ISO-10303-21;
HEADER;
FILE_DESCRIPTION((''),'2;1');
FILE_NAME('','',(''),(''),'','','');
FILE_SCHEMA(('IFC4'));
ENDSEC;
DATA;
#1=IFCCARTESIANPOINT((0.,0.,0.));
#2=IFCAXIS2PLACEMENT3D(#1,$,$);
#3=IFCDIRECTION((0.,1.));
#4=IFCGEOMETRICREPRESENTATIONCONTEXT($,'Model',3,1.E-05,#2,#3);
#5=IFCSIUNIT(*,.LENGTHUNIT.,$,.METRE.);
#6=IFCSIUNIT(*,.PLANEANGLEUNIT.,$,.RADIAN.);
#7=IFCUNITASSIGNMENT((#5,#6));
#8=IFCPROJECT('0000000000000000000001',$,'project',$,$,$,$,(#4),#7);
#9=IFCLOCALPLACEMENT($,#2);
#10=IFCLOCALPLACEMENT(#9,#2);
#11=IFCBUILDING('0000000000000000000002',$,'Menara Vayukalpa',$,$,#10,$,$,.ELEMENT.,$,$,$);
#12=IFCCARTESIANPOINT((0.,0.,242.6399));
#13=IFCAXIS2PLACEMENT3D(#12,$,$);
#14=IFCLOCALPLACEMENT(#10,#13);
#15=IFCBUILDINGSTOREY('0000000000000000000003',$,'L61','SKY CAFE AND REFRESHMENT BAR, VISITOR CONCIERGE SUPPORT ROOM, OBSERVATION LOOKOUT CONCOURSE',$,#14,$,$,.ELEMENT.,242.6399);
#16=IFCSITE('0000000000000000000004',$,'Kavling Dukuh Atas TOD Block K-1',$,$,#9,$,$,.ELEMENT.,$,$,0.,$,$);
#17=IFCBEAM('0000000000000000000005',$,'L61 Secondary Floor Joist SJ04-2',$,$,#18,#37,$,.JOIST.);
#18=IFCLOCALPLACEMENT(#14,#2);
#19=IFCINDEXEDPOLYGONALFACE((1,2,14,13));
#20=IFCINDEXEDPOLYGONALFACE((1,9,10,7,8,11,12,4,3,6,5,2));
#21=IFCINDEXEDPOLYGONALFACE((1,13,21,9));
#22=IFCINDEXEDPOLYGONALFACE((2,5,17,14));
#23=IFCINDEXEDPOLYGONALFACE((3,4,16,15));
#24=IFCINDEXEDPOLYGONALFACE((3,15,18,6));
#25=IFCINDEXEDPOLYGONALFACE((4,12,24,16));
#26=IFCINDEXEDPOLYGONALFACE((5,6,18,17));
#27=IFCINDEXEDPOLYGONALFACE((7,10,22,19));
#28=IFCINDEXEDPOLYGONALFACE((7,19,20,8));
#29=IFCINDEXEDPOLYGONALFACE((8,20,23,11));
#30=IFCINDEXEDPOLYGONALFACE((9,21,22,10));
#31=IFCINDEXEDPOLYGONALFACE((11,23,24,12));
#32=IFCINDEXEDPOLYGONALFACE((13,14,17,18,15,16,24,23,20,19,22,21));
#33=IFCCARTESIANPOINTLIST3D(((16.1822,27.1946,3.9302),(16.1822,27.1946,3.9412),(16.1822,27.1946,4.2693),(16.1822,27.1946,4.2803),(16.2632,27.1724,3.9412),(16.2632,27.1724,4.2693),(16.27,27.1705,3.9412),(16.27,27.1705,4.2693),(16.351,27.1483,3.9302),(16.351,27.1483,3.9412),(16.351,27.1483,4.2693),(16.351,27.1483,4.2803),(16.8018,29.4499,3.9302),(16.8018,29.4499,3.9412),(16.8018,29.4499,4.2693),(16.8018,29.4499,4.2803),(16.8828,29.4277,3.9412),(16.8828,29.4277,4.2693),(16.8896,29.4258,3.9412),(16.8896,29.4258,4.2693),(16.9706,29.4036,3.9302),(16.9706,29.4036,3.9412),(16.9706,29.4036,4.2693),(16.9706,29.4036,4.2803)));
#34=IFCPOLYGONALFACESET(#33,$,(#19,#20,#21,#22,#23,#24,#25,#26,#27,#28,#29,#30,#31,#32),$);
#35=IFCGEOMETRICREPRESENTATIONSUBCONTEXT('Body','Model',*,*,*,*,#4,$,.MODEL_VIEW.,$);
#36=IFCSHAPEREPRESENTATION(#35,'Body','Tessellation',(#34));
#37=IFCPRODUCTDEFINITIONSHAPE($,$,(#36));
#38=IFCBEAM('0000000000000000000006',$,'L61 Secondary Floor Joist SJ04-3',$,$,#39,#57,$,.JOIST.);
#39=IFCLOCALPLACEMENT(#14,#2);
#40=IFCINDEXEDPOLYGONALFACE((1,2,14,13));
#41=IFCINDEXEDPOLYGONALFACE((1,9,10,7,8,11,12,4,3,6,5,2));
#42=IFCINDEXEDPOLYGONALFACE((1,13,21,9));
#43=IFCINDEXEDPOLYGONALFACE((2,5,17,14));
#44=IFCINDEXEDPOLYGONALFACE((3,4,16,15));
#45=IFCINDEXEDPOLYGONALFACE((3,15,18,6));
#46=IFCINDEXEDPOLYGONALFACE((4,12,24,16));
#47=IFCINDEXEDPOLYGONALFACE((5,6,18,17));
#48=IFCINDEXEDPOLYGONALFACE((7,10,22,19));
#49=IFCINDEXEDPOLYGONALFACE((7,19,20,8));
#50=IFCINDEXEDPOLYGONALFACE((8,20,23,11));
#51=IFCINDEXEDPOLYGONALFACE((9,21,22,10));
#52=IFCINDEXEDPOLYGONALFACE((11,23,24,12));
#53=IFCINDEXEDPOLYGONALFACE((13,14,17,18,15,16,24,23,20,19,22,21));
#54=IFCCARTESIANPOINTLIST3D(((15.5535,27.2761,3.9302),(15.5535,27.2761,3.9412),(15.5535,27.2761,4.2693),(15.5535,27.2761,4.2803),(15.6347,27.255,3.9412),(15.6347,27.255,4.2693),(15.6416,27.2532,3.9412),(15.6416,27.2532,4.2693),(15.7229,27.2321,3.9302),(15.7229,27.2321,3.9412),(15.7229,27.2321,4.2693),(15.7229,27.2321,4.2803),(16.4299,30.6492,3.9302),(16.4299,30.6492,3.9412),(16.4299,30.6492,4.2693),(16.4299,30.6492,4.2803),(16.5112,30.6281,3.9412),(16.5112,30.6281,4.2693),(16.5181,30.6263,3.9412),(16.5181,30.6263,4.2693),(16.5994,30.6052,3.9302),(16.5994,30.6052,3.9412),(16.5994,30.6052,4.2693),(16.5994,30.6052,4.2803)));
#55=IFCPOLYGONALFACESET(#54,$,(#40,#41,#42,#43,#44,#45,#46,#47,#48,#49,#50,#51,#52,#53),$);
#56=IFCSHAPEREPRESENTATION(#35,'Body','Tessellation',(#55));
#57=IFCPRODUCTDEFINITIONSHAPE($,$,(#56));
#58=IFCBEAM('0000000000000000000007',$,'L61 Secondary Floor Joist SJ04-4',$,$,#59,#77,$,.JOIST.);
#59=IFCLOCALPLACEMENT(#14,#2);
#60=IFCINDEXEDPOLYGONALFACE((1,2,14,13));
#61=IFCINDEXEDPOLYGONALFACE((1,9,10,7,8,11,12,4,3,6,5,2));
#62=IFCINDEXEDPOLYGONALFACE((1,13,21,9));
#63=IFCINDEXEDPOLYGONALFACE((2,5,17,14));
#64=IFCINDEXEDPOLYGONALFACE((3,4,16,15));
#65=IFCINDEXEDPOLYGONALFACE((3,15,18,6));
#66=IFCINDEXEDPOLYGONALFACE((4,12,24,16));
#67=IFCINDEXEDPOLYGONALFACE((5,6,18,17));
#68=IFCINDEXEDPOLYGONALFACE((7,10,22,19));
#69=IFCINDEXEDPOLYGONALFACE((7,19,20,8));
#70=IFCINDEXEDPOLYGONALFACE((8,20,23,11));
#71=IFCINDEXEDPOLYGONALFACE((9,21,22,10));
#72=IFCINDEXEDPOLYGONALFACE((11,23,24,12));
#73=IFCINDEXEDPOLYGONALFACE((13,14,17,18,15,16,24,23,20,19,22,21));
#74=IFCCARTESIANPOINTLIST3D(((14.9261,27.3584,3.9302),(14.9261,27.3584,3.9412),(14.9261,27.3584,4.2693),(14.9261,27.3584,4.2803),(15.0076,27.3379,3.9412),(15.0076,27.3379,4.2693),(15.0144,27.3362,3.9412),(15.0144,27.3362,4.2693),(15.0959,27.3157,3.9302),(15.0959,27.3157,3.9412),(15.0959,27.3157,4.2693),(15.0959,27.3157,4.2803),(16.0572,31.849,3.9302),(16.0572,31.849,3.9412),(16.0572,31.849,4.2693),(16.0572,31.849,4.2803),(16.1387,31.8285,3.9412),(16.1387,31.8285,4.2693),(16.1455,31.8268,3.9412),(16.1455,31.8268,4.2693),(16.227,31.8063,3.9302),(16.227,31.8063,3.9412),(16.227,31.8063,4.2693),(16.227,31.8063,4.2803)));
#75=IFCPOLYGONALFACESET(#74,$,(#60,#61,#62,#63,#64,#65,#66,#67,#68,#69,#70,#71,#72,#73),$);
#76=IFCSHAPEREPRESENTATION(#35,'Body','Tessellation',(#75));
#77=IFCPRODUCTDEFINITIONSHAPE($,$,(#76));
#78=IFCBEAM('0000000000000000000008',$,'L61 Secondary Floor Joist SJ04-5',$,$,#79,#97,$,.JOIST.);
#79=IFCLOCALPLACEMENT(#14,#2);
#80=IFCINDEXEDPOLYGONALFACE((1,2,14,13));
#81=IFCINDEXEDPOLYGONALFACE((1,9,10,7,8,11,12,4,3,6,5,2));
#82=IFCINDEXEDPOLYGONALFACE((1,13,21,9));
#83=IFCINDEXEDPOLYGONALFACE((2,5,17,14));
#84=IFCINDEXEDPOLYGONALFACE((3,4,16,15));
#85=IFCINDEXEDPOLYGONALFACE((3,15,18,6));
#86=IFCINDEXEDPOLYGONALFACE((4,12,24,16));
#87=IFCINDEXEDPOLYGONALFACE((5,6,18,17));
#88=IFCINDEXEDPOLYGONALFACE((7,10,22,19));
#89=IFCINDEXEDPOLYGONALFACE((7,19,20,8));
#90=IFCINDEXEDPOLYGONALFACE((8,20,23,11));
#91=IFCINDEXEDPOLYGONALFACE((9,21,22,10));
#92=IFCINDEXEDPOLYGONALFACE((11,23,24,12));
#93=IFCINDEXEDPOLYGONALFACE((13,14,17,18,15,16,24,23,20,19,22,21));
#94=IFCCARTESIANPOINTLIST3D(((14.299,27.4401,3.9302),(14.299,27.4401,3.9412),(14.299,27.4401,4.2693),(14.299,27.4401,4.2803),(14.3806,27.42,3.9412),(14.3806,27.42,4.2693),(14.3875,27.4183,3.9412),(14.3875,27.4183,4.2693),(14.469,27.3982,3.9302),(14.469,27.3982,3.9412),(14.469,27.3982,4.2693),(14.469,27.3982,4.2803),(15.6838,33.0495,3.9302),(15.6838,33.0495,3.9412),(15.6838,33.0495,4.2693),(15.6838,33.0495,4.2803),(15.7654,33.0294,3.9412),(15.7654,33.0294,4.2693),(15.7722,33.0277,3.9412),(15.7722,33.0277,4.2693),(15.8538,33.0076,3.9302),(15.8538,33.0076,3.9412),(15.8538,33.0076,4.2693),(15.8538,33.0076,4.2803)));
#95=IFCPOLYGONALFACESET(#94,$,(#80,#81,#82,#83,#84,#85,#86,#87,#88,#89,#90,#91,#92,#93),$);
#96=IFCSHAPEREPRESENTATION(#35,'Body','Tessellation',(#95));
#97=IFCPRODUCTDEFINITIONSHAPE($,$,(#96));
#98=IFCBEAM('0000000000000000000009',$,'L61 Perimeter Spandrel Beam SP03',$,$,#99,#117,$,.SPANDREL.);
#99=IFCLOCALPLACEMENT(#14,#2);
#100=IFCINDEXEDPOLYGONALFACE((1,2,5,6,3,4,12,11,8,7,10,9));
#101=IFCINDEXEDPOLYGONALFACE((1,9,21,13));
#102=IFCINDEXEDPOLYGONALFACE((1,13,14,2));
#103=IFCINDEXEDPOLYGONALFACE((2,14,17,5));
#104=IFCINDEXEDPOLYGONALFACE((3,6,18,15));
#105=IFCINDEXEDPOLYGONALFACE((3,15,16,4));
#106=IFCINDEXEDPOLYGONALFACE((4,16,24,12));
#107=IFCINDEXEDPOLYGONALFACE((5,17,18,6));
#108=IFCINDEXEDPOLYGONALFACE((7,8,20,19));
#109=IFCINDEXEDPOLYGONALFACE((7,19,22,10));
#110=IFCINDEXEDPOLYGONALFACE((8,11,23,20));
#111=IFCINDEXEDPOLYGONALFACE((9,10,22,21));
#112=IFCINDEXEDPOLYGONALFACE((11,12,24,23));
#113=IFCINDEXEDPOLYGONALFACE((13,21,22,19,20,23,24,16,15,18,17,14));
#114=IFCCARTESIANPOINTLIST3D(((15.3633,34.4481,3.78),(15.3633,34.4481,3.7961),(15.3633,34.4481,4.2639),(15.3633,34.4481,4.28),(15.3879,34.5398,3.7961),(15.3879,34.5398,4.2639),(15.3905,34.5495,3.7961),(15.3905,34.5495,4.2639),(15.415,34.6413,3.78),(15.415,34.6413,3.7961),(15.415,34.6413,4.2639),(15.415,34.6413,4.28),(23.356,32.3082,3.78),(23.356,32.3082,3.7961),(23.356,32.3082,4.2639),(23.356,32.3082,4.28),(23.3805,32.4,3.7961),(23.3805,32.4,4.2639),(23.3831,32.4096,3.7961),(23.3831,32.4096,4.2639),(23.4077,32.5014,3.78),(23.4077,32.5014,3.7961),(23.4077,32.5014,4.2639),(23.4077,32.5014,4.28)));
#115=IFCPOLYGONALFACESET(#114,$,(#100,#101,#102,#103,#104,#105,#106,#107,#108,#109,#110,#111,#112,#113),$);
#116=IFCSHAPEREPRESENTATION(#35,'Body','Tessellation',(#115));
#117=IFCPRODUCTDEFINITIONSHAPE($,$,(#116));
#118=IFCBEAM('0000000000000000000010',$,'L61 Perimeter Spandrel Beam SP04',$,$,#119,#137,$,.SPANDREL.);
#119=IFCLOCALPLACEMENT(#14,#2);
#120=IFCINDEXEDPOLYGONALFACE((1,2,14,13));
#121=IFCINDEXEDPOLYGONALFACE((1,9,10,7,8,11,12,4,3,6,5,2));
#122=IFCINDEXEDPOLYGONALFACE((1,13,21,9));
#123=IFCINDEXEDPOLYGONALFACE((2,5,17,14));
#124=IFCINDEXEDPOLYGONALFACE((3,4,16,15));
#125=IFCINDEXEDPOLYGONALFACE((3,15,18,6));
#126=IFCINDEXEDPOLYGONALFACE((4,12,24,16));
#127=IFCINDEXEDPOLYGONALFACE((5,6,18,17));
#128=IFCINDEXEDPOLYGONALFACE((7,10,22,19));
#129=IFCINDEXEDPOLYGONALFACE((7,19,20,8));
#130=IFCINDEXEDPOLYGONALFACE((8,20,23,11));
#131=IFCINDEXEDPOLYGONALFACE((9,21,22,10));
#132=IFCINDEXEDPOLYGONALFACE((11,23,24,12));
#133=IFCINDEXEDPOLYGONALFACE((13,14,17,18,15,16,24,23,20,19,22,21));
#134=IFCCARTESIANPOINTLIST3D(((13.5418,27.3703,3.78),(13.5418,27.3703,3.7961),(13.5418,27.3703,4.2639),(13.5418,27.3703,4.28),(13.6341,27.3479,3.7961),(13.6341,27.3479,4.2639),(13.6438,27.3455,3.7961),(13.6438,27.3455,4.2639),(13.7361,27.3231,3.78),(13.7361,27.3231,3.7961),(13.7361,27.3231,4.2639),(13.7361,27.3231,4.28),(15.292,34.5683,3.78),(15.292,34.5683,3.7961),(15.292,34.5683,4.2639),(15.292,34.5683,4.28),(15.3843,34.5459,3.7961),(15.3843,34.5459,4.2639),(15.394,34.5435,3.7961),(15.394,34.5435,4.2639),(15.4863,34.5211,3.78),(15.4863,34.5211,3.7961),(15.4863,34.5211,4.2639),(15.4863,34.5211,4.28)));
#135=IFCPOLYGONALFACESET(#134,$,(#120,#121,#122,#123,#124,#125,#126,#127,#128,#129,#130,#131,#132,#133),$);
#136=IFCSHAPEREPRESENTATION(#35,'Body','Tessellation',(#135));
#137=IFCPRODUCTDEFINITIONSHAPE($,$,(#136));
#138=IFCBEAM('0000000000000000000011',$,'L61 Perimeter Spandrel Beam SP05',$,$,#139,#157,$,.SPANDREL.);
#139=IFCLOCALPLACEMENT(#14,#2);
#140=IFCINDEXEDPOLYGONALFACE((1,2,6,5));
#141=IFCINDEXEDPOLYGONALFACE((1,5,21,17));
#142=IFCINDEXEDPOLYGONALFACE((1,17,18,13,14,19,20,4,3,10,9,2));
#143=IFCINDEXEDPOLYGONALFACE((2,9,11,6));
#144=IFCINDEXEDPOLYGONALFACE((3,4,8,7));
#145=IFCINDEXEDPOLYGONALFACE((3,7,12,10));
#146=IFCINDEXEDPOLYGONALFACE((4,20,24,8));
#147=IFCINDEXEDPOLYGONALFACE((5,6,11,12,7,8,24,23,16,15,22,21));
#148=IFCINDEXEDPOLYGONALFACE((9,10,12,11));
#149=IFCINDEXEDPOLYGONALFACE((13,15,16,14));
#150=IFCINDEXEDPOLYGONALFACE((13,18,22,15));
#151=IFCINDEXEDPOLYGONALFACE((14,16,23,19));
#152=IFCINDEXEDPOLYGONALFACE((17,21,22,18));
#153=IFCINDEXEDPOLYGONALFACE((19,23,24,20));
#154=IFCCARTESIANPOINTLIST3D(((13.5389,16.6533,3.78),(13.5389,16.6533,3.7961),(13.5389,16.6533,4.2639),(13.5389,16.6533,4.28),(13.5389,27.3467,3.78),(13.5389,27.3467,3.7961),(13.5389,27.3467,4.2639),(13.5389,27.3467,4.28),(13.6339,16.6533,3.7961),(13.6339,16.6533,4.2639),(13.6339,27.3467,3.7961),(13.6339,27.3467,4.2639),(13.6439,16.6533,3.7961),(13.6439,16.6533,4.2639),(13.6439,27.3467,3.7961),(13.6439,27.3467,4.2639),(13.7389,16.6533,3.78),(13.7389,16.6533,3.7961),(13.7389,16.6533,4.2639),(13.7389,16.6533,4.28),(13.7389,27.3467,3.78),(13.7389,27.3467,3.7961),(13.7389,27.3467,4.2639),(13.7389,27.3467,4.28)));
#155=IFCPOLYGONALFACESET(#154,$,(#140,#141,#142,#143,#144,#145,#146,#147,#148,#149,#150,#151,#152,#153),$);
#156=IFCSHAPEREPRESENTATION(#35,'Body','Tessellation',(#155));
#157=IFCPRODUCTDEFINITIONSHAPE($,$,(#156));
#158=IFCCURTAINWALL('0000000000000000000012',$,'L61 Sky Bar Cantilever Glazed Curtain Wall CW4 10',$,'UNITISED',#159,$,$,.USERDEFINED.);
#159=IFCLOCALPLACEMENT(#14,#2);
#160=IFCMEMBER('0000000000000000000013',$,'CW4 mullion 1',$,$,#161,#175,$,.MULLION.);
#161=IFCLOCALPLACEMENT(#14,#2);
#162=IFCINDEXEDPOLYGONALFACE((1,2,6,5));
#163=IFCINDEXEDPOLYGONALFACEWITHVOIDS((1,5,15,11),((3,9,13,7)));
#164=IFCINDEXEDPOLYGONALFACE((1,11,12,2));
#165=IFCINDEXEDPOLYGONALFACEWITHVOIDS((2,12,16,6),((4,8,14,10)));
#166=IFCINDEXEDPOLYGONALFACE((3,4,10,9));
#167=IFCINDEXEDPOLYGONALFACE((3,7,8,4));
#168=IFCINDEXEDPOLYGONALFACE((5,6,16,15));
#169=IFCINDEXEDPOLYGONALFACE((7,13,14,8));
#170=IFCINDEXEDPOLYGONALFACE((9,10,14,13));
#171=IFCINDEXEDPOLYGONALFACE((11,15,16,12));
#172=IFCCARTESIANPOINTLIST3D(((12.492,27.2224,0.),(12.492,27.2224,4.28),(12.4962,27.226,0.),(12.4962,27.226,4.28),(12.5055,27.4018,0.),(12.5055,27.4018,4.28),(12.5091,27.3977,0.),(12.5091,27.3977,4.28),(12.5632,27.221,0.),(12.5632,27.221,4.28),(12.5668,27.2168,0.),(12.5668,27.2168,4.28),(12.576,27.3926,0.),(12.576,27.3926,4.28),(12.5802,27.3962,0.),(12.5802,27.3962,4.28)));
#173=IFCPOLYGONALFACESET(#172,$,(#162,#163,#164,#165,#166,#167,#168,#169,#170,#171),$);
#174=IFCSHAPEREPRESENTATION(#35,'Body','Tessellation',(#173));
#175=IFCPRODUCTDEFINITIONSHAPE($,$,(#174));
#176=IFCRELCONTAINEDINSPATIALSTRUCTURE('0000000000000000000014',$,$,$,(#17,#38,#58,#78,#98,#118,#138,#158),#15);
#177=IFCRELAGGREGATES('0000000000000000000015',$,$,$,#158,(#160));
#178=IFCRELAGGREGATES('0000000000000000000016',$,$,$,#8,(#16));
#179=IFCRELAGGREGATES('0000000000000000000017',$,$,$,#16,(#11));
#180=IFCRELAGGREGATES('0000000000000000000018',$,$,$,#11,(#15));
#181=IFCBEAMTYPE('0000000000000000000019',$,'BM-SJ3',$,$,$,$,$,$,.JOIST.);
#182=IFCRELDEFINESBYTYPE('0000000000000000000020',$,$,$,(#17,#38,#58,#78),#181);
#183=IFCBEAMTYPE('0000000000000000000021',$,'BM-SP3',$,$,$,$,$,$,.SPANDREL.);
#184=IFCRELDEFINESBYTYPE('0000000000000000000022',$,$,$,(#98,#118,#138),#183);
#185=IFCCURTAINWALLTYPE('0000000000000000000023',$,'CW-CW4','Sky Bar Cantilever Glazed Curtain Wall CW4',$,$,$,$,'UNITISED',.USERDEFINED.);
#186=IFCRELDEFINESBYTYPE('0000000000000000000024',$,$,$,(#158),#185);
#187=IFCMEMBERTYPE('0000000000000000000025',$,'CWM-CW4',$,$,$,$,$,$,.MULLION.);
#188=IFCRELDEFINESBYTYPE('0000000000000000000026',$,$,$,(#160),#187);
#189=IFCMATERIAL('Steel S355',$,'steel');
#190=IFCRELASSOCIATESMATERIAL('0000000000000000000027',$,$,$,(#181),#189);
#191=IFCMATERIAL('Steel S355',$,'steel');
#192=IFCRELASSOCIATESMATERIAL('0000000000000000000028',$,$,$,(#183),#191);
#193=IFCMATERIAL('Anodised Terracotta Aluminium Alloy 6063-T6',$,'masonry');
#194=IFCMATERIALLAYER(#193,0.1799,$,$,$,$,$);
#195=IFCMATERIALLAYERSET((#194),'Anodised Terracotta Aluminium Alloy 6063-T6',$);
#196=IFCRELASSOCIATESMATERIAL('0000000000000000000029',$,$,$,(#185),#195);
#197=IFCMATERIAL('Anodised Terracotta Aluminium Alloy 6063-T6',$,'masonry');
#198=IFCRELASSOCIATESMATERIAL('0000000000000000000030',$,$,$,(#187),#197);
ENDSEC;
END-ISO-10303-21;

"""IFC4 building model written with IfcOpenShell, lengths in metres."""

from ifc_helpers import new_model, si_unit, direction, frame, origin, origin_2d, place, context, subcontext, project, spatial, hollow_rectangle, i_section, extrude, material, layer, layer_set, material_profile, profile_set, type_object, element, aggregate, save


model = new_model("IFC4")

# Units and contexts
model_context = context("Model", 3, precision=1e-05, world=origin(), true_north=direction((0.0, 1.0)))
body_context = subcontext(model_context, "Body", "Model", "MODEL_VIEW")
ifc_project = project(units=[si_unit("LENGTHUNIT", "METRE"), si_unit("PLANEANGLEUNIT", "RADIAN")], contexts=[model_context])

# Site, building, storey
site_placement = place(None, origin())
site = spatial("IfcSite", under=ifc_project, at=site_placement, Name="Kavling Dukuh Atas TOD Block K-1", CompositionType="ELEMENT", RefElevation=0.0)
building_placement = place(site_placement, origin())
building = spatial("IfcBuilding", under=site, at=building_placement, Name="Menara Vayukalpa", CompositionType="ELEMENT")
storey_placement = place(building_placement, frame((0.0, 0.0, 242.6399)))
storey = spatial("IfcBuildingStorey", under=building, at=storey_placement, Name="L61", Description="SKY CAFE AND REFRESHMENT BAR, VISITOR CONCIERGE SUPPORT ROOM, OBSERVATION LOOKOUT CONCOURSE", CompositionType="ELEMENT", Elevation=242.6399)

# Beams
ifc_material_1 = material(Name="Steel S355", Category="steel")
ifc_material_profile_1 = material_profile(ifc_material_1, i_section(OverallWidth=0.175, OverallDepth=0.3501, WebThickness=0.0071, FlangeThickness=0.011, at=origin_2d()), Name="WF 350x175x7x11")
ifc_profile_set_1 = profile_set([ifc_material_profile_1], Name="Steel S355")
beam_type_1 = type_object("IfcBeamType", Name="BM-SJ3", PredefinedType="JOIST", material=ifc_profile_set_1)
beam_1_placement = place(storey_placement, frame((16.8862, 29.4268, 4.1052), z_axis=(-0.264919, -0.964271, 0.0), x_axis=(0.964271, -0.264919, 0.0)))
element("IfcBeam", 1, at=beam_1_placement, inside=storey, type_object=beam_type_1, Name="L61 Secondary Floor Joist SJ04-2", PredefinedType="JOIST", context=body_context, shape_type="SweptSolid", body=[
    extrude(i_section(OverallWidth=0.175, OverallDepth=0.3501, WebThickness=0.0071, FlangeThickness=0.011, at=origin_2d()), origin(), (0.0, 0.0, 1.0), 2.3389),
])
beam_2_placement = place(storey_placement, frame((16.5146, 30.6272, 4.1052), z_axis=(-0.251492, -0.967859, 0.0), x_axis=(0.967859, -0.251492, 0.0)))
element("IfcBeam", 2, at=beam_2_placement, inside=storey, type_object=beam_type_1, Name="L61 Secondary Floor Joist SJ04-3", PredefinedType="JOIST", context=body_context, shape_type="SweptSolid", body=[
    extrude(i_section(OverallWidth=0.175, OverallDepth=0.3501, WebThickness=0.0071, FlangeThickness=0.011, at=origin_2d()), origin(), (0.0, 0.0, 1.0), 3.4851),
])
beam_3_placement = place(storey_placement, frame((16.1421, 31.8276, 4.1052), z_axis=(-0.244247, -0.969713, 0.0), x_axis=(0.969713, -0.244247, 0.0)))
element("IfcBeam", 3, at=beam_3_placement, inside=storey, type_object=beam_type_1, Name="L61 Secondary Floor Joist SJ04-4", PredefinedType="JOIST", context=body_context, shape_type="SweptSolid", body=[
    extrude(i_section(OverallWidth=0.175, OverallDepth=0.3501, WebThickness=0.0071, FlangeThickness=0.011, at=origin_2d()), origin(), (0.0, 0.0, 1.0), 4.6309),
])
beam_4_placement = place(storey_placement, frame((15.7688, 33.0286, 4.1052), z_axis=(-0.239671, -0.970854, 0.0), x_axis=(0.970854, -0.239671, 0.0)))
element("IfcBeam", 4, at=beam_4_placement, inside=storey, type_object=beam_type_1, Name="L61 Secondary Floor Joist SJ04-5", PredefinedType="JOIST", context=body_context, shape_type="SweptSolid", body=[
    extrude(i_section(OverallWidth=0.175, OverallDepth=0.3501, WebThickness=0.0071, FlangeThickness=0.011, at=origin_2d()), origin(), (0.0, 0.0, 1.0), 5.7778),
])
ifc_material_2 = material(Name="Steel S355", Category="steel")
ifc_material_profile_2 = material_profile(ifc_material_2, i_section(OverallWidth=0.2, OverallDepth=0.5, WebThickness=0.01, FlangeThickness=0.0161, at=origin_2d()), Name="WF 500x200x10x16")
ifc_profile_set_2 = profile_set([ifc_material_profile_2], Name="Steel S355")
beam_type_2 = type_object("IfcBeamType", Name="BM-SP3", PredefinedType="SPANDREL", material=ifc_profile_set_2)
beam_5_placement = place(storey_placement, frame((23.3818, 32.4048, 4.03), z_axis=(-0.965978, 0.258623, 0.0), x_axis=(-0.258623, -0.965978, 0.0)))
element("IfcBeam", 5, at=beam_5_placement, inside=storey, type_object=beam_type_2, Name="L61 Perimeter Spandrel Beam SP03", PredefinedType="SPANDREL", context=body_context, shape_type="SweptSolid", body=[
    extrude(i_section(OverallWidth=0.2, OverallDepth=0.5, WebThickness=0.01, FlangeThickness=0.0161, at=origin_2d()), origin(), (0.0, 0.0, 1.0), 8.2742),
])
beam_6_placement = place(storey_placement, frame((15.3892, 34.5447, 4.03), z_axis=(-0.236273, -0.971687, 0.0), x_axis=(0.971687, -0.236273, 0.0)))
element("IfcBeam", 6, at=beam_6_placement, inside=storey, type_object=beam_type_2, Name="L61 Perimeter Spandrel Beam SP04", PredefinedType="SPANDREL", context=body_context, shape_type="SweptSolid", body=[
    extrude(i_section(OverallWidth=0.2, OverallDepth=0.5, WebThickness=0.01, FlangeThickness=0.0161, at=origin_2d()), origin(), (0.0, 0.0, 1.0), 7.4077),
])
beam_7_placement = place(storey_placement, frame((13.6389, 27.3467, 4.03), z_axis=(0.0, -1.0, 0.0), x_axis=(1.0, 0.0, 0.0)))
element("IfcBeam", 7, at=beam_7_placement, inside=storey, type_object=beam_type_2, Name="L61 Perimeter Spandrel Beam SP05", PredefinedType="SPANDREL", context=body_context, shape_type="SweptSolid", body=[
    extrude(i_section(OverallWidth=0.2, OverallDepth=0.5, WebThickness=0.01, FlangeThickness=0.0161, at=origin_2d()), origin(), (0.0, 0.0, 1.0), 10.6934),
])

# Curtain wall, member
ifc_material_3 = material(Name="Anodised Terracotta Aluminium Alloy 6063-T6", Category="masonry")
ifc_layer_1 = layer(ifc_material_3, 0.1799)
ifc_layer_set_1 = layer_set([ifc_layer_1], Name="Anodised Terracotta Aluminium Alloy 6063-T6")
curtain_wall_type = type_object("IfcCurtainWallType", Name="CW-CW4", Description="Sky Bar Cantilever Glazed Curtain Wall CW4", ElementType="UNITISED", PredefinedType="USERDEFINED", material=ifc_layer_set_1)
curtain_wall_placement = place(storey_placement, origin())
curtain_wall = element("IfcCurtainWall", 8, at=curtain_wall_placement, inside=storey, type_object=curtain_wall_type, Name="L61 Sky Bar Cantilever Glazed Curtain Wall CW4 10", ObjectType="UNITISED", PredefinedType="USERDEFINED")
ifc_material_4 = material(Name="Anodised Terracotta Aluminium Alloy 6063-T6", Category="masonry")
ifc_material_profile_3 = material_profile(ifc_material_4, hollow_rectangle(XDim=0.075, YDim=0.1799, WallThickness=0.0039, at=origin_2d()), Name="ALU 75x180x4")
ifc_profile_set_3 = profile_set([ifc_material_profile_3], Name="Anodised Terracotta Aluminium Alloy 6063-T6")
member_type_1 = type_object("IfcMemberType", Name="CWM-CW4", PredefinedType="MULLION", material=ifc_profile_set_3)
member_1_placement = place(storey_placement, frame((12.5361, 27.3093, 0.0), z_axis=(0.0, 0.0, 1.0), x_axis=(0.997199, -0.074789, 0.0)))
member_1 = element("IfcMember", 9, at=member_1_placement, type_object=member_type_1, Name="CW4 mullion 1", PredefinedType="MULLION", context=body_context, shape_type="SweptSolid", body=[
    extrude(hollow_rectangle(XDim=0.075, YDim=0.1799, WallThickness=0.0039, at=origin_2d()), origin(), (0.0, 0.0, 1.0), 4.28),
])
aggregate(curtain_wall, [member_1])

save(model, "model.ifc")
